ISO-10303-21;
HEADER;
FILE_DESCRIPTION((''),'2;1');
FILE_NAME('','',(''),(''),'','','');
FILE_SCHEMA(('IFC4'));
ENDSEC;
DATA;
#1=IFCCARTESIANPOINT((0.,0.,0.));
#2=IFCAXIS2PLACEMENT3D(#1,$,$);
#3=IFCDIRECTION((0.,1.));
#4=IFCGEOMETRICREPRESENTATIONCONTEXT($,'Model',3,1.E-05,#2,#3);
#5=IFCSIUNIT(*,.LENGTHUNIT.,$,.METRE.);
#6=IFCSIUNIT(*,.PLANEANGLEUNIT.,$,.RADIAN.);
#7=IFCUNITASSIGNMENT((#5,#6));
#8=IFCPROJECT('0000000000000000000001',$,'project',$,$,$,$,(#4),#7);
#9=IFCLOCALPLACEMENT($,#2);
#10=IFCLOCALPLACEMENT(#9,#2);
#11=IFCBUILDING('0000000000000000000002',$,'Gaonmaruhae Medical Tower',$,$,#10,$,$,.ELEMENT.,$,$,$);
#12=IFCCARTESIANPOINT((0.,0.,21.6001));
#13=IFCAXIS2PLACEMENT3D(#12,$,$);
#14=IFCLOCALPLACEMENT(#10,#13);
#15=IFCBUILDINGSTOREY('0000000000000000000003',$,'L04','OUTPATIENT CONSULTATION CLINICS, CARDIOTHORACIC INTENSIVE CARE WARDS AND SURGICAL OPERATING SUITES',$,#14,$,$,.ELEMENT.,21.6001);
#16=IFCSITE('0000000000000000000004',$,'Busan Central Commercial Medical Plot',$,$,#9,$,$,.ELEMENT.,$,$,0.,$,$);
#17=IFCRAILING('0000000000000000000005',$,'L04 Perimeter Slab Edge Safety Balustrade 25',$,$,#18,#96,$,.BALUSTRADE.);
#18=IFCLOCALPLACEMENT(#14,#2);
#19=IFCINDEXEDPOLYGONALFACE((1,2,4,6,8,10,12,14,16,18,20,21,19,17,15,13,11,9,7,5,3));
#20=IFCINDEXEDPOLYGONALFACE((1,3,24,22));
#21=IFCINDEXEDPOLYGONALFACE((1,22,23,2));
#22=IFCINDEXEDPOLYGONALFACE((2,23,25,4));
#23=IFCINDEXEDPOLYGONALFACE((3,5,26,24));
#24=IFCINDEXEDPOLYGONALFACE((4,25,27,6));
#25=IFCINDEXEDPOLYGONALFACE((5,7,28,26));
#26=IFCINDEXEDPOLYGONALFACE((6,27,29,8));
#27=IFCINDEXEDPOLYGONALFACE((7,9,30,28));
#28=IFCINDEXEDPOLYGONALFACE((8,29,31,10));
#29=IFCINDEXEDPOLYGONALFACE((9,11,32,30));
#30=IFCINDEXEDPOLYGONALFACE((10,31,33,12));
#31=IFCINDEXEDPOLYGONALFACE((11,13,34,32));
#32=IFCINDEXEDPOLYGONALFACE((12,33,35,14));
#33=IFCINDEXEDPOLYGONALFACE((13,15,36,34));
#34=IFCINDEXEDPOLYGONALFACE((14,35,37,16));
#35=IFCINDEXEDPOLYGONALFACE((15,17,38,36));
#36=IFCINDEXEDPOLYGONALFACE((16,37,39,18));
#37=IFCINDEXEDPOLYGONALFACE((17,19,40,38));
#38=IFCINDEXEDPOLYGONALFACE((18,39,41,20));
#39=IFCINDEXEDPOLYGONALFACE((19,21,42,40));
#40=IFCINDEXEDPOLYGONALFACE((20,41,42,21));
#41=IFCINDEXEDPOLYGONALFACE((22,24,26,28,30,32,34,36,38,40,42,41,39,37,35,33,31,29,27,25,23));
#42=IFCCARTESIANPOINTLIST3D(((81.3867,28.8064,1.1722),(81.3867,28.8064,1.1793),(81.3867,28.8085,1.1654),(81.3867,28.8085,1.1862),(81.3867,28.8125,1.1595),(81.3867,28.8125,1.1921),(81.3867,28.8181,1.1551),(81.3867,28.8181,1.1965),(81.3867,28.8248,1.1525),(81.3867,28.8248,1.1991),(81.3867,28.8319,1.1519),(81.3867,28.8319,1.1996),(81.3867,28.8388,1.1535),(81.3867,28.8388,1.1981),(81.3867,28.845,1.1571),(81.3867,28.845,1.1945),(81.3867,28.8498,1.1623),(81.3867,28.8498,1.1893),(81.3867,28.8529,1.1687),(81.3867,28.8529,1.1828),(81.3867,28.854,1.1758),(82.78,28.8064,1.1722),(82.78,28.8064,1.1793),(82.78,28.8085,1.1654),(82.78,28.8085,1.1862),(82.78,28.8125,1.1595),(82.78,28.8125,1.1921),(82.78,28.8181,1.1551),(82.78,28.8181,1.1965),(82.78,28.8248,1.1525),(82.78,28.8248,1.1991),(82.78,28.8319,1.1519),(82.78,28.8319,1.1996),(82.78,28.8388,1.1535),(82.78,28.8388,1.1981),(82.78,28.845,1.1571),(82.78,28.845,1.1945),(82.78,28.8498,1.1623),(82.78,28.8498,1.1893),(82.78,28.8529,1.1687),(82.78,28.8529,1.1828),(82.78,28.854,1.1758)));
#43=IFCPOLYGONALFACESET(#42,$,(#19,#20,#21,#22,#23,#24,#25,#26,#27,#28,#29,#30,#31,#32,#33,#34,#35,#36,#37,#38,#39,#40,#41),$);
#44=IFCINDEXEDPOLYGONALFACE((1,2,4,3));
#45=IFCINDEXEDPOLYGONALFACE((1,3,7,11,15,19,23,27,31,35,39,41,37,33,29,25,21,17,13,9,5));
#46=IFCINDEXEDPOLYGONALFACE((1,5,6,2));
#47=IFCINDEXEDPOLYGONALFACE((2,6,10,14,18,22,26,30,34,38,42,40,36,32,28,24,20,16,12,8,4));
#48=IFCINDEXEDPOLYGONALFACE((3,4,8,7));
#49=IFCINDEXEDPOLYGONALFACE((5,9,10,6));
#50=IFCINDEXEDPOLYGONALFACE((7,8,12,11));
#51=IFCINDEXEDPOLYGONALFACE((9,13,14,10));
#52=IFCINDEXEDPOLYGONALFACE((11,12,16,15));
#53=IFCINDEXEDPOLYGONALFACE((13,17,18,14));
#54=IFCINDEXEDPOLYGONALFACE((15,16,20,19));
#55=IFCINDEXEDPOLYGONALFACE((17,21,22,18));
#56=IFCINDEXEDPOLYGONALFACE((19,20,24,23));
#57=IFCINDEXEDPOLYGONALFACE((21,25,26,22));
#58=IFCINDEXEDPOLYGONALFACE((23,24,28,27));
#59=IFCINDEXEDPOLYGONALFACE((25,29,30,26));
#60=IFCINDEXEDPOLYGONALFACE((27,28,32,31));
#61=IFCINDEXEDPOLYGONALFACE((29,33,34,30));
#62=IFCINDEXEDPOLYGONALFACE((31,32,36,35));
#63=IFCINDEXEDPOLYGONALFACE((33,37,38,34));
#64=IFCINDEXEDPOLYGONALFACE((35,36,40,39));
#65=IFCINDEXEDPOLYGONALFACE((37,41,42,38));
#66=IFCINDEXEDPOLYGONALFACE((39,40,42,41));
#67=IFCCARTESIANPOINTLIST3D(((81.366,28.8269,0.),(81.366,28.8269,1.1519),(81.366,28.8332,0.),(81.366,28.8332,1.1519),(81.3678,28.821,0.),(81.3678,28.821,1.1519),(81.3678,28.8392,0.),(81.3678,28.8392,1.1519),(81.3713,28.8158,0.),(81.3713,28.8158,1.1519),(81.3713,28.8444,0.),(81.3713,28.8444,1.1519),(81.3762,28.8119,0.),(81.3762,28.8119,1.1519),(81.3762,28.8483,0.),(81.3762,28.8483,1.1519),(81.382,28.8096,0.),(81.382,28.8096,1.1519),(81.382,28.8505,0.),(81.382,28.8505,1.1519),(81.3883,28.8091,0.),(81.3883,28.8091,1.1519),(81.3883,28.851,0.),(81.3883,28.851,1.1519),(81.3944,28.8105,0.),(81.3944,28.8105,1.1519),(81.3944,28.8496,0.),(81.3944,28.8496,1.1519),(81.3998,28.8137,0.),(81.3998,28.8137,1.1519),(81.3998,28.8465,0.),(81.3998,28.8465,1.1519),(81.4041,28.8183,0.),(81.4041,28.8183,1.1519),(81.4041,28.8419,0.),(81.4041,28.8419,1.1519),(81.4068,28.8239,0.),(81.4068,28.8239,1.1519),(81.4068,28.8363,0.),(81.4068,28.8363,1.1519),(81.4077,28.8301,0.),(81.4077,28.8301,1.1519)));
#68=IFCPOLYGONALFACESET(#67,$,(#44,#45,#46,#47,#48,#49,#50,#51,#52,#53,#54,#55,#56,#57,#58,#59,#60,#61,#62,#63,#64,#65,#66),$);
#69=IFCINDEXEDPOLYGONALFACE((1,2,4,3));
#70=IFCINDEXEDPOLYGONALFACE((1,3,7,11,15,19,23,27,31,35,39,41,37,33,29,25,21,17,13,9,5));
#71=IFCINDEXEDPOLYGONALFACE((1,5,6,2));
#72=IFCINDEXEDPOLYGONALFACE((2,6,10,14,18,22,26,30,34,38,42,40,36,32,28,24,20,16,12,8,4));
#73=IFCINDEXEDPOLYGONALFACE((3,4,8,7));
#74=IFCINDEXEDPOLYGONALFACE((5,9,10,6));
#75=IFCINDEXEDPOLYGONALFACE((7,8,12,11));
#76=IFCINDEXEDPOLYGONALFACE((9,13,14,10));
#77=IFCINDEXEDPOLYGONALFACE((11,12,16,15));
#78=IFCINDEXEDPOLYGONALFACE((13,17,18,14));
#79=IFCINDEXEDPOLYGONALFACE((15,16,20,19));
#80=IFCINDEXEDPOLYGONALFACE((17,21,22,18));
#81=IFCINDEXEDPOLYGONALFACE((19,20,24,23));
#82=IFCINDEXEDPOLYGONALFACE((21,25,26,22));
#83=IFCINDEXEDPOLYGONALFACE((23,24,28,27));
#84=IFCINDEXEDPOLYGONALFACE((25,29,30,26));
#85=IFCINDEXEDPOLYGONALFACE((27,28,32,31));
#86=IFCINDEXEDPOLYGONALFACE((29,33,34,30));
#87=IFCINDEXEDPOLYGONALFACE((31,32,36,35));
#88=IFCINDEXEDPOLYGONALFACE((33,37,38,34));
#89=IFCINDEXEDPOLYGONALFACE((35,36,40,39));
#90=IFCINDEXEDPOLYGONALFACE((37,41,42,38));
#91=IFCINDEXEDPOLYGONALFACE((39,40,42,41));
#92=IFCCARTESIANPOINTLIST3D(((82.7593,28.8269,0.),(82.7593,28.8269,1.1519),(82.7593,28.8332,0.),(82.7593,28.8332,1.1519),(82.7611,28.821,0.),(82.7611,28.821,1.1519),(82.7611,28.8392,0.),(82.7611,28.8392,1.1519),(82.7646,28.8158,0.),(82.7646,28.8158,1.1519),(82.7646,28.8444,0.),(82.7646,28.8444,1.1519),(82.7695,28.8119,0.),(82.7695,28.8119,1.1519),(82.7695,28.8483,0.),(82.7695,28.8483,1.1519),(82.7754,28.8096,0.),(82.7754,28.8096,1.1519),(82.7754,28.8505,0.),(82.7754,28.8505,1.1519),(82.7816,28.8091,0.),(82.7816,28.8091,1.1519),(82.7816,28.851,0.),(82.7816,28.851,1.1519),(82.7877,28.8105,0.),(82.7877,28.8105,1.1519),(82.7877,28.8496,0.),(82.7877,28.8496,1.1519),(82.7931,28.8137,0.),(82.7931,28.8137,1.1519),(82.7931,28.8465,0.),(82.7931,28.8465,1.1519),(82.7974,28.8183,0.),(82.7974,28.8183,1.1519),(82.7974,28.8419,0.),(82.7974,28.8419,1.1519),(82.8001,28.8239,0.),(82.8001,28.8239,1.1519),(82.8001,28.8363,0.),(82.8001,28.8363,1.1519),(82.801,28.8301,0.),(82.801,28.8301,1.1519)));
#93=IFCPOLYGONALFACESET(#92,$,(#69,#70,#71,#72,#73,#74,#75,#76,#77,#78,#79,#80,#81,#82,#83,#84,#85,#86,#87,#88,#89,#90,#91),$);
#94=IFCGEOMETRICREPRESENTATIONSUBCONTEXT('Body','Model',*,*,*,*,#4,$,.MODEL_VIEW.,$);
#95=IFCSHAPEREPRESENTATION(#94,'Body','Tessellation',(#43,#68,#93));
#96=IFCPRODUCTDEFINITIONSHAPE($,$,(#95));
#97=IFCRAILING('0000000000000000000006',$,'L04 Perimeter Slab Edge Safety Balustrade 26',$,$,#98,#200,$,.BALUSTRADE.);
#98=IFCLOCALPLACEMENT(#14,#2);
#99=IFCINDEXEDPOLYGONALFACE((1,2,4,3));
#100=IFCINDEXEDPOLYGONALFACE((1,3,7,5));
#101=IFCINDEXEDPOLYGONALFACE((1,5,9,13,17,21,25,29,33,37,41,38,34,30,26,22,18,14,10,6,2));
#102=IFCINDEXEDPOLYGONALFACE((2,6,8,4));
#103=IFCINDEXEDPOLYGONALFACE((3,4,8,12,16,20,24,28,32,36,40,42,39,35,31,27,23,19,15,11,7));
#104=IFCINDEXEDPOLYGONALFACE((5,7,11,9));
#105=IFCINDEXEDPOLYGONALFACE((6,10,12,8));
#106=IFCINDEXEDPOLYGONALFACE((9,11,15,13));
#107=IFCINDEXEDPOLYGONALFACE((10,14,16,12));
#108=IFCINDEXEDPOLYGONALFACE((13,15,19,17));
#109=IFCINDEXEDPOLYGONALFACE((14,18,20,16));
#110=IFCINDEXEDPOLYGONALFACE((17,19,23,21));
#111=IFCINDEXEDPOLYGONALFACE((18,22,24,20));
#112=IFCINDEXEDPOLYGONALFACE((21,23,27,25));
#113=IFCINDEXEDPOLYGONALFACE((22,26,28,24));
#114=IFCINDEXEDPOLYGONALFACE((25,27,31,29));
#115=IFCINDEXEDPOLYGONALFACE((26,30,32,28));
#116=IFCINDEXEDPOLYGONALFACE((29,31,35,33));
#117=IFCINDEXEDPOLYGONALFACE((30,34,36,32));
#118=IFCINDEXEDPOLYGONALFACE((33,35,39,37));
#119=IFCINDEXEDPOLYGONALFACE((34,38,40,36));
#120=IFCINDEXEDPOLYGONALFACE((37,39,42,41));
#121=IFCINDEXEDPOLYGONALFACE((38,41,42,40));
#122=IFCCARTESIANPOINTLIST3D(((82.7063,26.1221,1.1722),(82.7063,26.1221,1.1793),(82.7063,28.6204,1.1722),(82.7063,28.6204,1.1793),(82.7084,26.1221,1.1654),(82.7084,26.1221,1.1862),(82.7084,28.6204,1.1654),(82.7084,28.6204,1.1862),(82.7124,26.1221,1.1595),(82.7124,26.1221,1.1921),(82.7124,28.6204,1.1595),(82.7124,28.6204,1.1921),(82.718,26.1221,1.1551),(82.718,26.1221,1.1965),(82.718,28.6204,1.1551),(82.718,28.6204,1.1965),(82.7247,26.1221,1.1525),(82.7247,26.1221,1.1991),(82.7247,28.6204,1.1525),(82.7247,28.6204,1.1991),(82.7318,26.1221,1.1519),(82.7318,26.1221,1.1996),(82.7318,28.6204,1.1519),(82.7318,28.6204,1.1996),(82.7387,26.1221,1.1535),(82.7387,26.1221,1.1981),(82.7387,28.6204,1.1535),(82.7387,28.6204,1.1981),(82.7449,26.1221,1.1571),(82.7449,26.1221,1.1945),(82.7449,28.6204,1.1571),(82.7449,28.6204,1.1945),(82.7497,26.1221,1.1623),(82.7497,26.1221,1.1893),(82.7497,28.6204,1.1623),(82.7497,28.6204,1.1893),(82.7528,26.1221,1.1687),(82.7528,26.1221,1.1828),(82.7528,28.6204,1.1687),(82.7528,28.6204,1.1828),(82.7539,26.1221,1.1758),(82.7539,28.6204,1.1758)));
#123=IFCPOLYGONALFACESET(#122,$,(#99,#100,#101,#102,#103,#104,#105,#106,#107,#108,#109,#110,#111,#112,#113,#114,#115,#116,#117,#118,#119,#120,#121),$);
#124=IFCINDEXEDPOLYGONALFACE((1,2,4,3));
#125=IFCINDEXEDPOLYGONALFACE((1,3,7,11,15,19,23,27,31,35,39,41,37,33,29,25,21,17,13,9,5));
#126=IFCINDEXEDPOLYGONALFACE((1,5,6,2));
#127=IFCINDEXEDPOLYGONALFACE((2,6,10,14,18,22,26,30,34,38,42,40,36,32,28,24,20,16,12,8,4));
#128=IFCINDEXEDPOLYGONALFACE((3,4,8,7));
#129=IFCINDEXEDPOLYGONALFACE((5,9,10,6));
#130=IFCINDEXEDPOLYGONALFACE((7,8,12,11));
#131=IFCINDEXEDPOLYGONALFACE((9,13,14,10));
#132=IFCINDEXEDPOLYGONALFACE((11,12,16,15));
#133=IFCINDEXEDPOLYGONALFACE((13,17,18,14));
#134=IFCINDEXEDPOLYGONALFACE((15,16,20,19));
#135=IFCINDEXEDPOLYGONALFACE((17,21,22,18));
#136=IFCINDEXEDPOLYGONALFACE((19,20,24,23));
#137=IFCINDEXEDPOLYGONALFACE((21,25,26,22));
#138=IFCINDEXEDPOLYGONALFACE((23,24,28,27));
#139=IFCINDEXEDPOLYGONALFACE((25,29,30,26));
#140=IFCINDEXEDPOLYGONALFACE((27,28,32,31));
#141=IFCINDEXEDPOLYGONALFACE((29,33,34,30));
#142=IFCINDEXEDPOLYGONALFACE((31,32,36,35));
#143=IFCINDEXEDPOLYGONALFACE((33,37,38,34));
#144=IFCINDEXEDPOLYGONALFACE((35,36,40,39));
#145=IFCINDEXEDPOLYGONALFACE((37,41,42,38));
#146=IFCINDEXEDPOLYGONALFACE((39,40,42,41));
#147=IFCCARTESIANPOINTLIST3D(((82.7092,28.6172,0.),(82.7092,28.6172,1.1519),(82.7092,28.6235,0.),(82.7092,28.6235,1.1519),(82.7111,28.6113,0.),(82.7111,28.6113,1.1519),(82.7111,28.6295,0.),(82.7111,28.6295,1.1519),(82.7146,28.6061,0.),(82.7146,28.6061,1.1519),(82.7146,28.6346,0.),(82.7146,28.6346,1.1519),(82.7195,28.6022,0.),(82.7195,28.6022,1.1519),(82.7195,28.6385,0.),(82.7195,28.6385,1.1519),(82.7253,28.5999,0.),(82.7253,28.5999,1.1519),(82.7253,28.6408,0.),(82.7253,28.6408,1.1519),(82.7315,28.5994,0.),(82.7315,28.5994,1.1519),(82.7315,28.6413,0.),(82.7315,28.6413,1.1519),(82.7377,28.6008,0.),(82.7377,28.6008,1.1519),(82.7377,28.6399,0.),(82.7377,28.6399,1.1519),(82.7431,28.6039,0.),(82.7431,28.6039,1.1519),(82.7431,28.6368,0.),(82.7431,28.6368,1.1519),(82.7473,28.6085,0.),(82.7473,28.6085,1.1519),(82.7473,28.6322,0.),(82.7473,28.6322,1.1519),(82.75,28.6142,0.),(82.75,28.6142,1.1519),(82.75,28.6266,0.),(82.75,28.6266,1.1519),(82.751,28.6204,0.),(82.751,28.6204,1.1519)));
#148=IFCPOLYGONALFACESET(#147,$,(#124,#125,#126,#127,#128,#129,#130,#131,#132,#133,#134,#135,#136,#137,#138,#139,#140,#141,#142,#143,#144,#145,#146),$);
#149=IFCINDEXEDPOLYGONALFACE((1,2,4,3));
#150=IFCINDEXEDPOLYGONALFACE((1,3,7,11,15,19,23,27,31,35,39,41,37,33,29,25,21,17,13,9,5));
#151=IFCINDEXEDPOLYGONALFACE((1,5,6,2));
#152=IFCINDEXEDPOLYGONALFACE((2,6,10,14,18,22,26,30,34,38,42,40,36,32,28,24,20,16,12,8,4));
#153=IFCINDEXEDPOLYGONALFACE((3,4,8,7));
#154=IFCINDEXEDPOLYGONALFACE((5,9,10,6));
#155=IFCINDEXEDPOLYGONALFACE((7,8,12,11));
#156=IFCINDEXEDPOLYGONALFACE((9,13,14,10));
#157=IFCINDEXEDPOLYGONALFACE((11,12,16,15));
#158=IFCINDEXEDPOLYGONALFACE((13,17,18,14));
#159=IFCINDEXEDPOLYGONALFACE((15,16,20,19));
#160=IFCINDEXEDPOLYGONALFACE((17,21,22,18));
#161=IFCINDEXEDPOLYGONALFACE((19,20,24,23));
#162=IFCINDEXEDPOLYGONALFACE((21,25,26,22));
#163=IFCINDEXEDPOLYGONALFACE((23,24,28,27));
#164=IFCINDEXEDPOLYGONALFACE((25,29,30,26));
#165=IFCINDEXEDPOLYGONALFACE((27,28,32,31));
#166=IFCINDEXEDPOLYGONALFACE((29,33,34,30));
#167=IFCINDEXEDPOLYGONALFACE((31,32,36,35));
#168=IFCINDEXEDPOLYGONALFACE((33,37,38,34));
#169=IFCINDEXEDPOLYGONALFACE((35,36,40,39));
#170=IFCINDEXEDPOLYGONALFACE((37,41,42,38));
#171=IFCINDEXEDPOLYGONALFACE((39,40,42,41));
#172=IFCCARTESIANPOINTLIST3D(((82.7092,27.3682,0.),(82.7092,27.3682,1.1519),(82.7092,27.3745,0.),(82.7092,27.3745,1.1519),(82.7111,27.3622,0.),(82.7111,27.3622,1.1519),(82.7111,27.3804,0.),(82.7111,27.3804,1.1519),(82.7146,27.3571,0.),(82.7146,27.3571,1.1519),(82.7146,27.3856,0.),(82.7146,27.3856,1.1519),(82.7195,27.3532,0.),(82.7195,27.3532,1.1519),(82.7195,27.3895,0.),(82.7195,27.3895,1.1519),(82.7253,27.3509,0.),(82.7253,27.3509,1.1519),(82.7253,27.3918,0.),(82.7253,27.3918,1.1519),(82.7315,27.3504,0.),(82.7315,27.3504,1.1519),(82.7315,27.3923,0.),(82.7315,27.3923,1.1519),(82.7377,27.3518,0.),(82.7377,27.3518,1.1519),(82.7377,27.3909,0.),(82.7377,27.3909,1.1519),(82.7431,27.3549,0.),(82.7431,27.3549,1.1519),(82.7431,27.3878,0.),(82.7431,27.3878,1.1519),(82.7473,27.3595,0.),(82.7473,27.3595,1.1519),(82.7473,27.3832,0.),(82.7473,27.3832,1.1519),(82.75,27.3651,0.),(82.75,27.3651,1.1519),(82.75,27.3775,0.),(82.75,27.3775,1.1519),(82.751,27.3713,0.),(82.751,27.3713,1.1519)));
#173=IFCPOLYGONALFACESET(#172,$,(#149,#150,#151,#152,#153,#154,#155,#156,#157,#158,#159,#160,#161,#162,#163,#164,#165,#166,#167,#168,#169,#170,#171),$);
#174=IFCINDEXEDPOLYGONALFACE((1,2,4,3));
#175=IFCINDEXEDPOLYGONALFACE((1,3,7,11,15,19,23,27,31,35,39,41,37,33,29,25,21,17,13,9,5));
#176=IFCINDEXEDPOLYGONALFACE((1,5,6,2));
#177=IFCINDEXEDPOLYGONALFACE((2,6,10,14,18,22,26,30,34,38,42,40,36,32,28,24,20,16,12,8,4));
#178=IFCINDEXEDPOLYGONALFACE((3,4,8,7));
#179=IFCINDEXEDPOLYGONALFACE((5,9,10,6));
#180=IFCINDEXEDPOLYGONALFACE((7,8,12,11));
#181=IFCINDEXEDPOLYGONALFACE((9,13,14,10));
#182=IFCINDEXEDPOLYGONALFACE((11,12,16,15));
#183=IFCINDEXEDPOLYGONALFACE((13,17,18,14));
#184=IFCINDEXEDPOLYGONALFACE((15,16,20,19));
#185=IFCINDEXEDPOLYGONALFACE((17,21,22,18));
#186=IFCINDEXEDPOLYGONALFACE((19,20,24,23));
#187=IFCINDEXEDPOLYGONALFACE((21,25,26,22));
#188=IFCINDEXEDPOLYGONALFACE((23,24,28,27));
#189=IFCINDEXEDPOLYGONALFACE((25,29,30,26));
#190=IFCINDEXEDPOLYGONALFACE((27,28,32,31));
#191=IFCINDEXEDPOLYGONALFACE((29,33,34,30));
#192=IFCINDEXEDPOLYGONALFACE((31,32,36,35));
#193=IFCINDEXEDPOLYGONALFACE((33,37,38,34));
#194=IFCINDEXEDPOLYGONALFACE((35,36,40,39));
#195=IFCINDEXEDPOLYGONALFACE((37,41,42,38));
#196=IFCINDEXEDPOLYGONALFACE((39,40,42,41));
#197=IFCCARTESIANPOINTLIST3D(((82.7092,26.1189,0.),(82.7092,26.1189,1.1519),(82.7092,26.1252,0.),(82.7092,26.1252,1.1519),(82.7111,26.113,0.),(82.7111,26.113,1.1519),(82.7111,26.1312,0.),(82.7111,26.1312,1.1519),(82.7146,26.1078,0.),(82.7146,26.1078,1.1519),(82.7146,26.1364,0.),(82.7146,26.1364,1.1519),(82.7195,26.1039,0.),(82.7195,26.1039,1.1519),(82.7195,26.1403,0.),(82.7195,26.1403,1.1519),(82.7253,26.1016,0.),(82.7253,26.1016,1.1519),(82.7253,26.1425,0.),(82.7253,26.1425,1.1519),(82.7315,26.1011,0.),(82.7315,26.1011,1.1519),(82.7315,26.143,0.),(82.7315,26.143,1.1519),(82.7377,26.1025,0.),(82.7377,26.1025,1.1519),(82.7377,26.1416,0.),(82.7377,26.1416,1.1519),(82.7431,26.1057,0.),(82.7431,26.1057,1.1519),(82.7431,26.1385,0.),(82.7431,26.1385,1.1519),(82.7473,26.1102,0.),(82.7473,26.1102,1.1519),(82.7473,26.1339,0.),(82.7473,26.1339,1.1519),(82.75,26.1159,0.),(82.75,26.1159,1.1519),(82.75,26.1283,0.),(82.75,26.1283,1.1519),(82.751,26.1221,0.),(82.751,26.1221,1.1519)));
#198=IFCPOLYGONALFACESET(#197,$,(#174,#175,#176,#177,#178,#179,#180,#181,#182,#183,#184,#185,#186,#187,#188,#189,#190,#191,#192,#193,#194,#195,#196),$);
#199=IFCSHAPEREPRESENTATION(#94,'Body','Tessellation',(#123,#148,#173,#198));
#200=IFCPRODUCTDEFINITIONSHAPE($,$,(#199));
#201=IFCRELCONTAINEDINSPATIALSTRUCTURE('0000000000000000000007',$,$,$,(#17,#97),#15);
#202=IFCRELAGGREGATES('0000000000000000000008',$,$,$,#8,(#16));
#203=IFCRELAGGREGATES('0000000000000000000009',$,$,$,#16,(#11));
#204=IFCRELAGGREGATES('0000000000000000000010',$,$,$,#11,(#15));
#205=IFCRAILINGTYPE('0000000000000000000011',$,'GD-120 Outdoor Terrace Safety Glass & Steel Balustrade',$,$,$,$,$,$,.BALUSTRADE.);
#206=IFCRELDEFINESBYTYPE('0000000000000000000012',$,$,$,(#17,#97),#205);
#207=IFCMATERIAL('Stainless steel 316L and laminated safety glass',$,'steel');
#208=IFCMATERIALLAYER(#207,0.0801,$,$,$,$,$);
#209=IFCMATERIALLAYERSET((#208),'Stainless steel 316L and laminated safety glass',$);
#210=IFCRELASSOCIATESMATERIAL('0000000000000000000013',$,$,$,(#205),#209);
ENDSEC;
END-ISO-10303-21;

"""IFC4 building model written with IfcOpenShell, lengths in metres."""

from ifc_helpers import new_model, si_unit, direction, frame, origin, origin_2d, place, context, subcontext, project, spatial, circle, extrude, material, layer, layer_set, type_object, element, save


model = new_model("IFC4")

# Units and contexts
model_context = context("Model", 3, precision=1e-05, world=origin(), true_north=direction((0.0, 1.0)))
body_context = subcontext(model_context, "Body", "Model", "MODEL_VIEW")
ifc_project = project(units=[si_unit("LENGTHUNIT", "METRE"), si_unit("PLANEANGLEUNIT", "RADIAN")], contexts=[model_context])

# Site, building, storey
site_placement = place(None, origin())
site = spatial("IfcSite", under=ifc_project, at=site_placement, Name="Busan Central Commercial Medical Plot", CompositionType="ELEMENT", RefElevation=0.0)
building_placement = place(site_placement, origin())
building = spatial("IfcBuilding", under=site, at=building_placement, Name="Gaonmaruhae Medical Tower", CompositionType="ELEMENT")
storey_placement = place(building_placement, frame((0.0, 0.0, 21.6001)))
storey = spatial("IfcBuildingStorey", under=building, at=storey_placement, Name="L04", Description="OUTPATIENT CONSULTATION CLINICS, CARDIOTHORACIC INTENSIVE CARE WARDS AND SURGICAL OPERATING SUITES", CompositionType="ELEMENT", Elevation=21.6001)

# Railings
ifc_material_1 = material(Name="Stainless steel 316L and laminated safety glass", Category="steel")
ifc_layer_1 = layer(ifc_material_1, 0.0801)
ifc_layer_set_1 = layer_set([ifc_layer_1], Name="Stainless steel 316L and laminated safety glass")
railing_type = type_object("IfcRailingType", Name="GD-120 Outdoor Terrace Safety Glass & Steel Balustrade", PredefinedType="BALUSTRADE", material=ifc_layer_set_1)
railing_1_placement = place(storey_placement, frame((81.3867, 28.8301, 0.0)))
element("IfcRailing", 1, at=railing_1_placement, inside=storey, type_object=railing_type, Name="L04 Perimeter Slab Edge Safety Balustrade 25", PredefinedType="BALUSTRADE", context=body_context, shape_type="SweptSolid", body=[
    extrude(circle(Radius=0.0239, at=origin_2d()), frame((0.0, 0.0, 1.1758), z_axis=(1.0, 0.0, 0.0), x_axis=(0.0, 1.0, 0.0)), (0.0, 0.0, 1.0), 1.3933),
    extrude(circle(Radius=0.021, at=origin_2d()), origin(), (0.0, 0.0, 1.0), 1.1519),
    extrude(circle(Radius=0.021, at=origin_2d()), frame((1.3933, 0.0, 0.0)), (0.0, 0.0, 1.0), 1.1519),
])
for number, where, name in (
    (2, (82.73, 28.6204, 0.0), "L04 Perimeter Slab Edge Safety Balustrade 26"),
):
    element("IfcRailing", number, at=place(storey_placement, frame(where)), inside=storey, type_object=railing_type, Name=name, PredefinedType="BALUSTRADE", context=body_context, shape_type="SweptSolid", body=[
        extrude(circle(Radius=0.0239, at=origin_2d()), frame((0.0, 0.0, 1.1758), z_axis=(0.0, -1.0, 0.0), x_axis=(1.0, 0.0, 0.0)), (0.0, 0.0, 1.0), 2.4983),
        extrude(circle(Radius=0.021, at=origin_2d()), origin(), (0.0, 0.0, 1.0), 1.1519),
        extrude(circle(Radius=0.021, at=origin_2d()), frame((0.0, -1.249, 0.0)), (0.0, 0.0, 1.0), 1.1519),
        extrude(circle(Radius=0.021, at=origin_2d()), frame((0.0, -2.4983, 0.0)), (0.0, 0.0, 1.0), 1.1519),
    ])

save(model, "model.ifc")
